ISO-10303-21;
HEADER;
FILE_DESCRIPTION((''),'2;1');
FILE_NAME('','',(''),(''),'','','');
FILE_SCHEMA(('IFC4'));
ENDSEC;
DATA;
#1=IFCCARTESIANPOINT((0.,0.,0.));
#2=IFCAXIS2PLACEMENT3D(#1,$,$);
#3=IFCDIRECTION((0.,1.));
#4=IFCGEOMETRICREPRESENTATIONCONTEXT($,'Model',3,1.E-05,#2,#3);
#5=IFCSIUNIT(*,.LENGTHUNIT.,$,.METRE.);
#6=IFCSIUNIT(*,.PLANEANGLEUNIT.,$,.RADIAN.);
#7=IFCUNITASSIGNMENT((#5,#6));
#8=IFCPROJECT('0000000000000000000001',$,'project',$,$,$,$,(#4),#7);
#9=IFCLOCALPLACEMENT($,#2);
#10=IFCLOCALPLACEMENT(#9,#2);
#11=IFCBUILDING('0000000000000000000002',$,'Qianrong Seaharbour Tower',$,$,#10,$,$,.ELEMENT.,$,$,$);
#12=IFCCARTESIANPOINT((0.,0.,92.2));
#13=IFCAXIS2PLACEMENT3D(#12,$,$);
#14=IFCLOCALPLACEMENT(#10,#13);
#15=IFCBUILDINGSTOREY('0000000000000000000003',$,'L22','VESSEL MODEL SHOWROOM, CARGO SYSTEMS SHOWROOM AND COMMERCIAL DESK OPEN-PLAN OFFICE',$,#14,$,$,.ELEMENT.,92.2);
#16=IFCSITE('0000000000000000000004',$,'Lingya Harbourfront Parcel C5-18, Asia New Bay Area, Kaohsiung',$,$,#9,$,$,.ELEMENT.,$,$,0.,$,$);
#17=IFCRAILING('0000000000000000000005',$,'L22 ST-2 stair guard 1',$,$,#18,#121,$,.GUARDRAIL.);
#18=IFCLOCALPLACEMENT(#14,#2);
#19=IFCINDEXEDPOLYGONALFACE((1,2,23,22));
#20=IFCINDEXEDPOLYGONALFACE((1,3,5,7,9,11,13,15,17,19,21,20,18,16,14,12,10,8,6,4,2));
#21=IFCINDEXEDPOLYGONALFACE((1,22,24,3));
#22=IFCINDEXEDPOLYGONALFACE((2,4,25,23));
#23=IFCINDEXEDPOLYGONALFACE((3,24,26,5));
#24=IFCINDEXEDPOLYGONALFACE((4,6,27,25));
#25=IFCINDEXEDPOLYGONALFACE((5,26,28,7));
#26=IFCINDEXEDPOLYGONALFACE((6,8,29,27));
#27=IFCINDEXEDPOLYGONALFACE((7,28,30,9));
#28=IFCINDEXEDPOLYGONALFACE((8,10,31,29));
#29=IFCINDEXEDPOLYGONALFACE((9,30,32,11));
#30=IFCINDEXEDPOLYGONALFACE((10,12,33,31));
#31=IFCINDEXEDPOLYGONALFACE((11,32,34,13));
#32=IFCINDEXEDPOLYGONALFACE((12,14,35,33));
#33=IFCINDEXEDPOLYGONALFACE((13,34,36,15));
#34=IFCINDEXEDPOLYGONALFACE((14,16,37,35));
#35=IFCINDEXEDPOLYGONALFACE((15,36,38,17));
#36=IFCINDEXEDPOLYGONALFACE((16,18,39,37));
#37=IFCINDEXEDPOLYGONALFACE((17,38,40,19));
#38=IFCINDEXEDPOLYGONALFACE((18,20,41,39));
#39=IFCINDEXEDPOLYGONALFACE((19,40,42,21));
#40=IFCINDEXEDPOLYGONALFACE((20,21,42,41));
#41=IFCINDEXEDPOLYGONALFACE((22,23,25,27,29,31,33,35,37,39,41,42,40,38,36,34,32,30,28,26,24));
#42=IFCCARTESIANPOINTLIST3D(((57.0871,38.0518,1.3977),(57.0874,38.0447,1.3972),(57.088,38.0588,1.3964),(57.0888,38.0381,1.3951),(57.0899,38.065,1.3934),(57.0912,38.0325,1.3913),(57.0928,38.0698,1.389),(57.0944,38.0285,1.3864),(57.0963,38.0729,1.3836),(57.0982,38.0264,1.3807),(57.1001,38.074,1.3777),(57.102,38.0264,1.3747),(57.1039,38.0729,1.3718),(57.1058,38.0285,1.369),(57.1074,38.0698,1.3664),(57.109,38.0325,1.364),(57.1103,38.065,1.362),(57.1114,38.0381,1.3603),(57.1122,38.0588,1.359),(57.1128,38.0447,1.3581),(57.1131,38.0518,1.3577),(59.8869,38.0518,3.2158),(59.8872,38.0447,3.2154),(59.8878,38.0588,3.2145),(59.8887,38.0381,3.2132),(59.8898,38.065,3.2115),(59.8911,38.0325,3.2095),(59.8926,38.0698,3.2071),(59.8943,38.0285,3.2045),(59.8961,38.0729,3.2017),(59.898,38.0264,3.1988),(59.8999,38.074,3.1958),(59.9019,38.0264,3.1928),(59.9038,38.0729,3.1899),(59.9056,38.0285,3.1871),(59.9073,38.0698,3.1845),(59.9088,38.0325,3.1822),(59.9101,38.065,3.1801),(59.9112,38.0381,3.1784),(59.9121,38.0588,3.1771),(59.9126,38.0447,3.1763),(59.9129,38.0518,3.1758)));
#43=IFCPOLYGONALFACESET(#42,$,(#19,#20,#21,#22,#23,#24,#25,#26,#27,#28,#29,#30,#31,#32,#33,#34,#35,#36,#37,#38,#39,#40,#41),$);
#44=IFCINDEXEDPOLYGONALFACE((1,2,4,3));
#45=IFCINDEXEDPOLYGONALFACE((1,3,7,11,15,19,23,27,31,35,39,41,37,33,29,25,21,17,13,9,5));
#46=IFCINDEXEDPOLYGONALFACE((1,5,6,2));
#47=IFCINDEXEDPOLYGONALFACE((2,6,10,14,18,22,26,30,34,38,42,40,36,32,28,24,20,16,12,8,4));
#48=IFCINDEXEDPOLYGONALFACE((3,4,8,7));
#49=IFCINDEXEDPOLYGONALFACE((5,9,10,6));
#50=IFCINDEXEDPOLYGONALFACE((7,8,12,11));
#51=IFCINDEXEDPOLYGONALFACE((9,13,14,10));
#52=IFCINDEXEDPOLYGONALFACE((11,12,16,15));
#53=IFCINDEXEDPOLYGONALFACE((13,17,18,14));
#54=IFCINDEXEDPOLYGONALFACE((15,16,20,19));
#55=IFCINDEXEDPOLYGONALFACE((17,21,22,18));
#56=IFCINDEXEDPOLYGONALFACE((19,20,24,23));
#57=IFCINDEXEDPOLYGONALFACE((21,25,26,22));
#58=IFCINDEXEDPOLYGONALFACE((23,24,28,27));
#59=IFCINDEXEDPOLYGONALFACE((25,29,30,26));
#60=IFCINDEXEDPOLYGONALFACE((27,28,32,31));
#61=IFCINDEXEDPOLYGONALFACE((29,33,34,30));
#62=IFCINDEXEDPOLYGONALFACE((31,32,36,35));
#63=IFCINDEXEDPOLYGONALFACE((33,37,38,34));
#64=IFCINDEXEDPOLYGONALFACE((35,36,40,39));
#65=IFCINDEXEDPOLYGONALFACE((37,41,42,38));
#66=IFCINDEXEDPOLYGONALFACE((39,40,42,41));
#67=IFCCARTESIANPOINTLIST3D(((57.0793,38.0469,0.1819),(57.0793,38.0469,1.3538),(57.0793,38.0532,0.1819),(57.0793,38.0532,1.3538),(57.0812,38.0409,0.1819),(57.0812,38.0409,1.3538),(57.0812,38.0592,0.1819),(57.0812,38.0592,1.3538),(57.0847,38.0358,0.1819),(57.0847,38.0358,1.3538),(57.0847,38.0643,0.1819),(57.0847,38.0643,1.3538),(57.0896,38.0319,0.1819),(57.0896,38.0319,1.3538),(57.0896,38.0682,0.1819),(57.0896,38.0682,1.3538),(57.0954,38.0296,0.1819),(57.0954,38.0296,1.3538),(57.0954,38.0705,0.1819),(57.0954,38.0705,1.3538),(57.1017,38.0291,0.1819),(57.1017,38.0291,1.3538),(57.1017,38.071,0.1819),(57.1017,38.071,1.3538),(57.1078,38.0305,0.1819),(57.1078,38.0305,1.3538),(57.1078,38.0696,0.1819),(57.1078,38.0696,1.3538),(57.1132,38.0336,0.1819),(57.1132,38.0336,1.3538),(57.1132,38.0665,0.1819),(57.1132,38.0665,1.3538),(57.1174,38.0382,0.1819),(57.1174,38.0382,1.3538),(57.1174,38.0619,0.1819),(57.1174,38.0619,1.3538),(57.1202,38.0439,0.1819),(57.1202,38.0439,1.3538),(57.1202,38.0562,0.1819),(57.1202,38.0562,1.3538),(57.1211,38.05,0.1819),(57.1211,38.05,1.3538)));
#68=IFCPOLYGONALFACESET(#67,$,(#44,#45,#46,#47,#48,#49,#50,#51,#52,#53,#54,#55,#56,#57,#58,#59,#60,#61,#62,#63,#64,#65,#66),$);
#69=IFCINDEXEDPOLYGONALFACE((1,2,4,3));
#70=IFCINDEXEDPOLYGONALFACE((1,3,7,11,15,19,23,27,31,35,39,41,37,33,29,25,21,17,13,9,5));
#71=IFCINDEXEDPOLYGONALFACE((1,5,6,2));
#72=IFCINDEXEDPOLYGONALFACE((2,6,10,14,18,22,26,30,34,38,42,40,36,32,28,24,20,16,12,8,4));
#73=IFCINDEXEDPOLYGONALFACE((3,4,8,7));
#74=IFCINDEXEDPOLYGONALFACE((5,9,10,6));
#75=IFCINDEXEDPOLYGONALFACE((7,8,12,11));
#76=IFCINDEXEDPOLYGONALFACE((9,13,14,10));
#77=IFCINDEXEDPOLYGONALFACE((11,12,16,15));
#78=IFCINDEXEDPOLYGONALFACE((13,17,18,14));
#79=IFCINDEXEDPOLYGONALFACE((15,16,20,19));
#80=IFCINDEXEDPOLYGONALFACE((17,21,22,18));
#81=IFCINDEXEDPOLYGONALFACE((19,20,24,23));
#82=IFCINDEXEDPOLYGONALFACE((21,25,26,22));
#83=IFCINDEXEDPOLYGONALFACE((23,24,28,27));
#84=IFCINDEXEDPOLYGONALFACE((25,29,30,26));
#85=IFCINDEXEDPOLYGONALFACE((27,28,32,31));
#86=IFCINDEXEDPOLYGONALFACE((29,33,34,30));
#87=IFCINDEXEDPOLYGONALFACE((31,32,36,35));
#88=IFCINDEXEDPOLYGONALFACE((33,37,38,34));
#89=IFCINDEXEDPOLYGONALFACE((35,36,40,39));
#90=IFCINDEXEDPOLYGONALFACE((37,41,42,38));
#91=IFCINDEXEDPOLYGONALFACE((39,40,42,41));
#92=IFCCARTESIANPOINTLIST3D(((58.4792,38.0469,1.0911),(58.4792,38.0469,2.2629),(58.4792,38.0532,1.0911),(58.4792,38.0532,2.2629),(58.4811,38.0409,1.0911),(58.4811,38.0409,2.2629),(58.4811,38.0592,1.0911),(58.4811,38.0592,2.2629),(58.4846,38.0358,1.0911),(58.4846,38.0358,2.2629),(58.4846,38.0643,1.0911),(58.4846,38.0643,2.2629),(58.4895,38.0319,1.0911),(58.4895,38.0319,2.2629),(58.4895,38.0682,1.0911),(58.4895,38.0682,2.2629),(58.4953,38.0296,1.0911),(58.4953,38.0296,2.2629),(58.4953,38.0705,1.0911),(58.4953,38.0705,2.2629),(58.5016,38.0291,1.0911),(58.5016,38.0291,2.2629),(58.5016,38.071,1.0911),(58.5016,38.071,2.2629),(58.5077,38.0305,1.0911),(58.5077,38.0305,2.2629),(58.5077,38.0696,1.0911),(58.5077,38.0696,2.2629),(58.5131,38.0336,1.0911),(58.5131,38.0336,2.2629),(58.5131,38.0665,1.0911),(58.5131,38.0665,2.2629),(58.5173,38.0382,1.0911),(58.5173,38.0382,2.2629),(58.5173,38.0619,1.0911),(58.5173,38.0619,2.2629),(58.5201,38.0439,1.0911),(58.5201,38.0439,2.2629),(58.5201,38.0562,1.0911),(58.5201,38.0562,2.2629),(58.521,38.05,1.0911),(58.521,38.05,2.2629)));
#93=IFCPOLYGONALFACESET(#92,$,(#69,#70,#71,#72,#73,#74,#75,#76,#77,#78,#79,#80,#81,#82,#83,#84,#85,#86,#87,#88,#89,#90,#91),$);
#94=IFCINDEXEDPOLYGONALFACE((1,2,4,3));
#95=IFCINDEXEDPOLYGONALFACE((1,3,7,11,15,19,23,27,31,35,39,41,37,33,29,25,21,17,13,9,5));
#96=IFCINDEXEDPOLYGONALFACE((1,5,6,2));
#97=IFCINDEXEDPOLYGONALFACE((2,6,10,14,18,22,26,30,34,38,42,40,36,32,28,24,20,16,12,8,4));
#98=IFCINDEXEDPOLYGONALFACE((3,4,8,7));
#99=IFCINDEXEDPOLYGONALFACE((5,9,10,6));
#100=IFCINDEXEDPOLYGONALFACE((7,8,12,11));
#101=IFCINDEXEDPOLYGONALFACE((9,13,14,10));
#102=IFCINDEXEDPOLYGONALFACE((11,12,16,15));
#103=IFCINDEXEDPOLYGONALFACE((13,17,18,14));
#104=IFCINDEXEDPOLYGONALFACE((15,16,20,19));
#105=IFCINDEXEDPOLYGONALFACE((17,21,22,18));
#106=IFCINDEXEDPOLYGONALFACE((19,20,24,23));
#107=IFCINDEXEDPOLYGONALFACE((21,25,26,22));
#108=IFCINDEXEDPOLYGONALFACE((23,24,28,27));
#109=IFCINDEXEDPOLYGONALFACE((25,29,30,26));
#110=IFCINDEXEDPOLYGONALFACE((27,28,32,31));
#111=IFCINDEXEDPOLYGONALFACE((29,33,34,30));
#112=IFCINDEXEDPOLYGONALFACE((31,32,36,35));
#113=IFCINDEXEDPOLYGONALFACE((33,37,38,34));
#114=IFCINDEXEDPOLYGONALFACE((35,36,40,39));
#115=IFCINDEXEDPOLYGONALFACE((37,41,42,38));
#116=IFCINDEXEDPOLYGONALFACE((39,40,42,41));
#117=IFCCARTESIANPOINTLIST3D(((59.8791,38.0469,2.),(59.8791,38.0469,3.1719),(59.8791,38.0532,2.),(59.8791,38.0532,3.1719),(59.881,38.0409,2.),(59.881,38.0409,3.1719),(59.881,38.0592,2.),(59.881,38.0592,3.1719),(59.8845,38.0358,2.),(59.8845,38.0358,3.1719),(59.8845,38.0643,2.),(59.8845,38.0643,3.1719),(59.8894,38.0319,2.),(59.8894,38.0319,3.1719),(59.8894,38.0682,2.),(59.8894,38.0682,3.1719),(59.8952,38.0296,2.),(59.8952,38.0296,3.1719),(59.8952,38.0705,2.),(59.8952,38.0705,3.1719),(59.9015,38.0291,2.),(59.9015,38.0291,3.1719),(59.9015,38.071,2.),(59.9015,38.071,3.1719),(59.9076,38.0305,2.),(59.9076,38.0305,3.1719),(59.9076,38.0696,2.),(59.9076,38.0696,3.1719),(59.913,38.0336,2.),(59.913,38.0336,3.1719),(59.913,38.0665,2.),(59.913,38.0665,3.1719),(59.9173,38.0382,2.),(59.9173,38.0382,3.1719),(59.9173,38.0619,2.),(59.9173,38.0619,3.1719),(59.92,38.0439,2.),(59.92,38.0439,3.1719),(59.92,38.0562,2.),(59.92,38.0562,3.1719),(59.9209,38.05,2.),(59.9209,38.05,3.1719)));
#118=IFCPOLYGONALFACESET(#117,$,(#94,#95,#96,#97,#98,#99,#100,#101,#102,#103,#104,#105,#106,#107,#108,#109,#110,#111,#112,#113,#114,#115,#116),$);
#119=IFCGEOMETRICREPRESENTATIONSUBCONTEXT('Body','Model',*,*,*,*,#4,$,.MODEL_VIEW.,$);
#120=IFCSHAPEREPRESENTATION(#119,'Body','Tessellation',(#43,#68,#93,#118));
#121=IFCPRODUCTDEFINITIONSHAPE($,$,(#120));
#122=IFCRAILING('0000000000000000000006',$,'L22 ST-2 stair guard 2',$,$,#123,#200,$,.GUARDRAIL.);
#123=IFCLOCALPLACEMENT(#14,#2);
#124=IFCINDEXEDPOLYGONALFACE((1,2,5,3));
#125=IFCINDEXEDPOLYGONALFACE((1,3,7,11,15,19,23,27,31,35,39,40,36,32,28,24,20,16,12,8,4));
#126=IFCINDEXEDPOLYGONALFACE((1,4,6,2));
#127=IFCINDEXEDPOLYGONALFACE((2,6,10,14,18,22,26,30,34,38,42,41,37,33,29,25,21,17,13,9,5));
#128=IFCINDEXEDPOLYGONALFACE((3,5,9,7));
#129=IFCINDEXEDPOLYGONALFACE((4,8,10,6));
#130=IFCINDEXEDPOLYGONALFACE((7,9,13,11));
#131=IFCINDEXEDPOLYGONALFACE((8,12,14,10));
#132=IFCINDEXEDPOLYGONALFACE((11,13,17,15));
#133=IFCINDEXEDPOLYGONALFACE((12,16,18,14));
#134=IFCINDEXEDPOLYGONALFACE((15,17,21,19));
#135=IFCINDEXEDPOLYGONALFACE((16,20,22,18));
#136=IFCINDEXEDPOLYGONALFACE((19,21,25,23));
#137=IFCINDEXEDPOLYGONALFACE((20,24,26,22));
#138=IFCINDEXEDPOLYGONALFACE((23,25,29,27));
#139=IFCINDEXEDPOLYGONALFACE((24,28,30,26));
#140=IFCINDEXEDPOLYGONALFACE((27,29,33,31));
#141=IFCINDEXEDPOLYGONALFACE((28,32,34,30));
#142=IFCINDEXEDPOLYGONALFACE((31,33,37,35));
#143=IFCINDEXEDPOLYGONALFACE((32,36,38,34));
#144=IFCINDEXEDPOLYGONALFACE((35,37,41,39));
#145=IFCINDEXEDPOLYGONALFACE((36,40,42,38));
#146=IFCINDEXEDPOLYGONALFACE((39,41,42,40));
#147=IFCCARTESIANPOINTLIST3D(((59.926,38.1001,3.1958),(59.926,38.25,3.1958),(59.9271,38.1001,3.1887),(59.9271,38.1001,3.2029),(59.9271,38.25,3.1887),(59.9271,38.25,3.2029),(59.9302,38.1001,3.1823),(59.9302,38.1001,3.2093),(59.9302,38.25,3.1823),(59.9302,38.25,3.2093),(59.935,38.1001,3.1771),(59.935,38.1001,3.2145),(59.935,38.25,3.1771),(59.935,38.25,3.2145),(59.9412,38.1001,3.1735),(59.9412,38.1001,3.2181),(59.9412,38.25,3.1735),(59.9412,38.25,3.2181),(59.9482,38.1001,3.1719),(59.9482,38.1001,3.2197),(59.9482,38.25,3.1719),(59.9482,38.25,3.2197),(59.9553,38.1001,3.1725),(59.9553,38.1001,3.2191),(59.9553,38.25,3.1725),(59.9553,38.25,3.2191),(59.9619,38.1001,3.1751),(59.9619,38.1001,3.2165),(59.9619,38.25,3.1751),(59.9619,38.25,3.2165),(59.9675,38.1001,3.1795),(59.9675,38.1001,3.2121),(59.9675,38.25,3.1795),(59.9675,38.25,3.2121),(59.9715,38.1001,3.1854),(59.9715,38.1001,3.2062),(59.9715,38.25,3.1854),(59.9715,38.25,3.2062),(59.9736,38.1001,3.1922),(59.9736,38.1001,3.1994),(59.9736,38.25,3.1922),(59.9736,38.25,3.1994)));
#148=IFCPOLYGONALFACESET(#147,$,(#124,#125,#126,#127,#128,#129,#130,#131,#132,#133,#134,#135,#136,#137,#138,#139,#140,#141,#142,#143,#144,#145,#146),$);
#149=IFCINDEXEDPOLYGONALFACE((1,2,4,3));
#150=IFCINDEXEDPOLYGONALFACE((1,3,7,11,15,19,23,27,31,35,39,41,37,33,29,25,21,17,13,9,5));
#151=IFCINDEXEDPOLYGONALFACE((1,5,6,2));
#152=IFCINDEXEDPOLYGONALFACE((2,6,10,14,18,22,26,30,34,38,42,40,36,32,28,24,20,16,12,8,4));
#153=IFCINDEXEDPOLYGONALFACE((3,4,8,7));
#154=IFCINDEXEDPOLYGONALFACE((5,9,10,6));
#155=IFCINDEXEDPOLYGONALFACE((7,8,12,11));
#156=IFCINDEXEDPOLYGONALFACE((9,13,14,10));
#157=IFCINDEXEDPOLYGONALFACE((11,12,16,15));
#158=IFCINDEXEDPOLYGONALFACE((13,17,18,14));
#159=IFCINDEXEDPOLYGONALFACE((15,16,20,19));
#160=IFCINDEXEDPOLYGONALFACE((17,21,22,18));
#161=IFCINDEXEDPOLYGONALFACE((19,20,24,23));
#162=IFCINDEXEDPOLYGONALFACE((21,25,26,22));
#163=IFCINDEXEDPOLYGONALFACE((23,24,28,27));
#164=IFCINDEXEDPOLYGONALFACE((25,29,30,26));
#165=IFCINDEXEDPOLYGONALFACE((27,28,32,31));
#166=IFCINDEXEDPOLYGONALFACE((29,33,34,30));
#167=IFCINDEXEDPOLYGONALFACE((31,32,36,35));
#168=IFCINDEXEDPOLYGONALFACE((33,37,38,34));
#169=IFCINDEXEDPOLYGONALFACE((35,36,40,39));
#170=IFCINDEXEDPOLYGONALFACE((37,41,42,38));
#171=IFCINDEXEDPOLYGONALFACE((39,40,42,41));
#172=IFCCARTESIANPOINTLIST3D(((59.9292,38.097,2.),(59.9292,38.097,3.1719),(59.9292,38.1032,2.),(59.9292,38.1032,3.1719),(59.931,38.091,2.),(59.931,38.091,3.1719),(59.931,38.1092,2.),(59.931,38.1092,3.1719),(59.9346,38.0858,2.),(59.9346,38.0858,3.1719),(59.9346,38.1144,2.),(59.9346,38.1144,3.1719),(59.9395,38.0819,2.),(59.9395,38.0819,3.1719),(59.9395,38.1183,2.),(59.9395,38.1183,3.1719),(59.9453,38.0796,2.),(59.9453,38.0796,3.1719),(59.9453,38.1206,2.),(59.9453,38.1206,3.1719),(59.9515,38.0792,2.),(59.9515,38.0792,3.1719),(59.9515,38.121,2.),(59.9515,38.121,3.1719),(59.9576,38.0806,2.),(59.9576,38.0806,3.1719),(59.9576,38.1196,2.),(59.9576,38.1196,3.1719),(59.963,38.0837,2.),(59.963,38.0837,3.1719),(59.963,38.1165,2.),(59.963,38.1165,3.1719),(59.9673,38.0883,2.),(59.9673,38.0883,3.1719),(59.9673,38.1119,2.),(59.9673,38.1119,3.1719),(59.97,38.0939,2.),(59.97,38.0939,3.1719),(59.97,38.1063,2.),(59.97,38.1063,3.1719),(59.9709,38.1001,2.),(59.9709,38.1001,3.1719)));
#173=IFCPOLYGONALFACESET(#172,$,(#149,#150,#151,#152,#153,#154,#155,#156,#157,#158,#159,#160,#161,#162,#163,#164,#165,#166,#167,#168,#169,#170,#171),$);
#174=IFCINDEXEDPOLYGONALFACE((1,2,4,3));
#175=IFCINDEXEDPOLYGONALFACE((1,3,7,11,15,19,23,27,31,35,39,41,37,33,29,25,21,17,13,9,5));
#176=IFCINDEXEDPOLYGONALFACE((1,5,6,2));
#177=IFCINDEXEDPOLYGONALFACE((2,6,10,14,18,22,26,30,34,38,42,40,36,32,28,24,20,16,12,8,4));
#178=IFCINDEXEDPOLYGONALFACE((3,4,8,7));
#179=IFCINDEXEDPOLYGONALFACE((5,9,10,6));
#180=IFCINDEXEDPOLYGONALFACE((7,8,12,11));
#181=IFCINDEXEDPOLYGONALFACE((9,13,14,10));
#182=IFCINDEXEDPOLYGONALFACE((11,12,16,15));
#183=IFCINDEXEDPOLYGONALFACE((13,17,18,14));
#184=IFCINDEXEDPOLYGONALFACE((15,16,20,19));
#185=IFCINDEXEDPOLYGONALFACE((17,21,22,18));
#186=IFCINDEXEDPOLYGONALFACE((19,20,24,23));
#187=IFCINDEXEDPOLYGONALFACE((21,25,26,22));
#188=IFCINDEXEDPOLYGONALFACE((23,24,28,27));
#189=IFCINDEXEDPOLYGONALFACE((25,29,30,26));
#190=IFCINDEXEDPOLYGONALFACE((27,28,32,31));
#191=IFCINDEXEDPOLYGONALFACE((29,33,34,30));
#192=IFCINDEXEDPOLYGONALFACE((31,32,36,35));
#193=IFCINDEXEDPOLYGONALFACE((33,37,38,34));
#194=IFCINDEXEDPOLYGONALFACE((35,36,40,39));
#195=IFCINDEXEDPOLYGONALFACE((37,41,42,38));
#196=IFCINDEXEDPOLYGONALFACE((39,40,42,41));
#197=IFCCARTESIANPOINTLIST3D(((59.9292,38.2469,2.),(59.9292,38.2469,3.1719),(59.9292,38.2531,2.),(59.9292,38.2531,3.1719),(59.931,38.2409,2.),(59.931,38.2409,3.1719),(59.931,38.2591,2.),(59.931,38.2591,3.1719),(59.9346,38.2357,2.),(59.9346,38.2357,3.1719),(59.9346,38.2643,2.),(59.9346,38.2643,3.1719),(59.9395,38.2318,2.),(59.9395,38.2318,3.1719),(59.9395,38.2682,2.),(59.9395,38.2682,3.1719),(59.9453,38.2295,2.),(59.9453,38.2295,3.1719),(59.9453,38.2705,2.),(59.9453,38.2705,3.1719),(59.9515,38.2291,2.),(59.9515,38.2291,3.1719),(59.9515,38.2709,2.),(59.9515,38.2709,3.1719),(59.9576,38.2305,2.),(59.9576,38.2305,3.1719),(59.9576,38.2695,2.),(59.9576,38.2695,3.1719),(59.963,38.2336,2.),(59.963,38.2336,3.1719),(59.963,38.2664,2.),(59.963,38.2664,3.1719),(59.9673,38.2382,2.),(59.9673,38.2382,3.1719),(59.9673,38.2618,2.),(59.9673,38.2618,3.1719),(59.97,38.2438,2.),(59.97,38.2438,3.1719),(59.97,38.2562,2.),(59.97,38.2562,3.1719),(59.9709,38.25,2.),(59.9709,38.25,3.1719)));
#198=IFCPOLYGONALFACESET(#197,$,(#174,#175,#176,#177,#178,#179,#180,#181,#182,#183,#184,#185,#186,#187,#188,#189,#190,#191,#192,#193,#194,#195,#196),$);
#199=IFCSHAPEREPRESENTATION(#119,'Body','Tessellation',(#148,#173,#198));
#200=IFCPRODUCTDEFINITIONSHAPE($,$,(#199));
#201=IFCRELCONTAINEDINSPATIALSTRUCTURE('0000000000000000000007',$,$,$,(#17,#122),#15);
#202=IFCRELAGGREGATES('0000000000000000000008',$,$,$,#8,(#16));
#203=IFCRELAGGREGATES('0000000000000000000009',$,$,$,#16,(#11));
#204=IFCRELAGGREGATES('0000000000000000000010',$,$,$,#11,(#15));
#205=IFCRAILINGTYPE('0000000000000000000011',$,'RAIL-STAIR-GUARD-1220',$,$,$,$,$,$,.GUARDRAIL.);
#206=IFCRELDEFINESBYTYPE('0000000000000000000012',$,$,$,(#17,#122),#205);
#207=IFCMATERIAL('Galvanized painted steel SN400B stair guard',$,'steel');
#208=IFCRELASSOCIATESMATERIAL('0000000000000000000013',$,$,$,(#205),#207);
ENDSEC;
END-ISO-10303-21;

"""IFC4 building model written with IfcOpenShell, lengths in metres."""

from ifc_helpers import new_model, si_unit, direction, frame, origin, origin_2d, place, context, subcontext, project, spatial, circle, extrude, material, type_object, element, save


model = new_model("IFC4")

# Units and contexts
model_context = context("Model", 3, precision=1e-05, world=origin(), true_north=direction((0.0, 1.0)))
body_context = subcontext(model_context, "Body", "Model", "MODEL_VIEW")
ifc_project = project(units=[si_unit("LENGTHUNIT", "METRE"), si_unit("PLANEANGLEUNIT", "RADIAN")], contexts=[model_context])

# Site, building, storey
site_placement = place(None, origin())
site = spatial("IfcSite", under=ifc_project, at=site_placement, Name="Lingya Harbourfront Parcel C5-18, Asia New Bay Area, Kaohsiung", CompositionType="ELEMENT", RefElevation=0.0)
building_placement = place(site_placement, origin())
building = spatial("IfcBuilding", under=site, at=building_placement, Name="Qianrong Seaharbour Tower", CompositionType="ELEMENT")
storey_placement = place(building_placement, frame((0.0, 0.0, 92.2)))
storey = spatial("IfcBuildingStorey", under=building, at=storey_placement, Name="L22", Description="VESSEL MODEL SHOWROOM, CARGO SYSTEMS SHOWROOM AND COMMERCIAL DESK OPEN-PLAN OFFICE", CompositionType="ELEMENT", Elevation=92.2)

# Railings
ifc_material_1 = material(Name="Galvanized painted steel SN400B stair guard", Category="steel")
railing_type_1 = type_object("IfcRailingType", Name="RAIL-STAIR-GUARD-1220", PredefinedType="GUARDRAIL", material=ifc_material_1)
railing_1_placement = place(storey_placement, frame((57.1001, 38.05, 0.1819)))
element("IfcRailing", 1, at=railing_1_placement, inside=storey, type_object=railing_type_1, Name="L22 ST-2 stair guard 1", PredefinedType="GUARDRAIL", context=body_context, shape_type="SweptSolid", body=[
    extrude(circle(Radius=0.0239, at=origin_2d()), frame((0.0, 0.0, 1.1958), z_axis=(0.838684, 0.0, 0.544618), x_axis=(0.0, 1.0, 0.0)), (0.0, 0.0, 1.0), 3.3384),
    extrude(circle(Radius=0.021, at=origin_2d()), origin(), (0.0, 0.0, 1.0), 1.1719),
    extrude(circle(Radius=0.021, at=origin_2d()), frame((1.3999, 0.0, 0.9092)), (0.0, 0.0, 1.0), 1.1719),
    extrude(circle(Radius=0.021, at=origin_2d()), frame((2.7998, 0.0, 1.8181)), (0.0, 0.0, 1.0), 1.1719),
])
railing_2_placement = place(storey_placement, frame((59.95, 38.1001, 2.0)))
element("IfcRailing", 2, at=railing_2_placement, inside=storey, type_object=railing_type_1, Name="L22 ST-2 stair guard 2", PredefinedType="GUARDRAIL", context=body_context, shape_type="SweptSolid", body=[
    extrude(circle(Radius=0.0239, at=origin_2d()), frame((0.0, 0.0, 1.1958), z_axis=(0.0, 1.0, 0.0), x_axis=(-1.0, 0.0, 0.0)), (0.0, 0.0, 1.0), 0.1499),
    extrude(circle(Radius=0.021, at=origin_2d()), origin(), (0.0, 0.0, 1.0), 1.1719),
    extrude(circle(Radius=0.021, at=origin_2d()), frame((0.0, 0.1499, 0.0)), (0.0, 0.0, 1.0), 1.1719),
])

save(model, "model.ifc")
